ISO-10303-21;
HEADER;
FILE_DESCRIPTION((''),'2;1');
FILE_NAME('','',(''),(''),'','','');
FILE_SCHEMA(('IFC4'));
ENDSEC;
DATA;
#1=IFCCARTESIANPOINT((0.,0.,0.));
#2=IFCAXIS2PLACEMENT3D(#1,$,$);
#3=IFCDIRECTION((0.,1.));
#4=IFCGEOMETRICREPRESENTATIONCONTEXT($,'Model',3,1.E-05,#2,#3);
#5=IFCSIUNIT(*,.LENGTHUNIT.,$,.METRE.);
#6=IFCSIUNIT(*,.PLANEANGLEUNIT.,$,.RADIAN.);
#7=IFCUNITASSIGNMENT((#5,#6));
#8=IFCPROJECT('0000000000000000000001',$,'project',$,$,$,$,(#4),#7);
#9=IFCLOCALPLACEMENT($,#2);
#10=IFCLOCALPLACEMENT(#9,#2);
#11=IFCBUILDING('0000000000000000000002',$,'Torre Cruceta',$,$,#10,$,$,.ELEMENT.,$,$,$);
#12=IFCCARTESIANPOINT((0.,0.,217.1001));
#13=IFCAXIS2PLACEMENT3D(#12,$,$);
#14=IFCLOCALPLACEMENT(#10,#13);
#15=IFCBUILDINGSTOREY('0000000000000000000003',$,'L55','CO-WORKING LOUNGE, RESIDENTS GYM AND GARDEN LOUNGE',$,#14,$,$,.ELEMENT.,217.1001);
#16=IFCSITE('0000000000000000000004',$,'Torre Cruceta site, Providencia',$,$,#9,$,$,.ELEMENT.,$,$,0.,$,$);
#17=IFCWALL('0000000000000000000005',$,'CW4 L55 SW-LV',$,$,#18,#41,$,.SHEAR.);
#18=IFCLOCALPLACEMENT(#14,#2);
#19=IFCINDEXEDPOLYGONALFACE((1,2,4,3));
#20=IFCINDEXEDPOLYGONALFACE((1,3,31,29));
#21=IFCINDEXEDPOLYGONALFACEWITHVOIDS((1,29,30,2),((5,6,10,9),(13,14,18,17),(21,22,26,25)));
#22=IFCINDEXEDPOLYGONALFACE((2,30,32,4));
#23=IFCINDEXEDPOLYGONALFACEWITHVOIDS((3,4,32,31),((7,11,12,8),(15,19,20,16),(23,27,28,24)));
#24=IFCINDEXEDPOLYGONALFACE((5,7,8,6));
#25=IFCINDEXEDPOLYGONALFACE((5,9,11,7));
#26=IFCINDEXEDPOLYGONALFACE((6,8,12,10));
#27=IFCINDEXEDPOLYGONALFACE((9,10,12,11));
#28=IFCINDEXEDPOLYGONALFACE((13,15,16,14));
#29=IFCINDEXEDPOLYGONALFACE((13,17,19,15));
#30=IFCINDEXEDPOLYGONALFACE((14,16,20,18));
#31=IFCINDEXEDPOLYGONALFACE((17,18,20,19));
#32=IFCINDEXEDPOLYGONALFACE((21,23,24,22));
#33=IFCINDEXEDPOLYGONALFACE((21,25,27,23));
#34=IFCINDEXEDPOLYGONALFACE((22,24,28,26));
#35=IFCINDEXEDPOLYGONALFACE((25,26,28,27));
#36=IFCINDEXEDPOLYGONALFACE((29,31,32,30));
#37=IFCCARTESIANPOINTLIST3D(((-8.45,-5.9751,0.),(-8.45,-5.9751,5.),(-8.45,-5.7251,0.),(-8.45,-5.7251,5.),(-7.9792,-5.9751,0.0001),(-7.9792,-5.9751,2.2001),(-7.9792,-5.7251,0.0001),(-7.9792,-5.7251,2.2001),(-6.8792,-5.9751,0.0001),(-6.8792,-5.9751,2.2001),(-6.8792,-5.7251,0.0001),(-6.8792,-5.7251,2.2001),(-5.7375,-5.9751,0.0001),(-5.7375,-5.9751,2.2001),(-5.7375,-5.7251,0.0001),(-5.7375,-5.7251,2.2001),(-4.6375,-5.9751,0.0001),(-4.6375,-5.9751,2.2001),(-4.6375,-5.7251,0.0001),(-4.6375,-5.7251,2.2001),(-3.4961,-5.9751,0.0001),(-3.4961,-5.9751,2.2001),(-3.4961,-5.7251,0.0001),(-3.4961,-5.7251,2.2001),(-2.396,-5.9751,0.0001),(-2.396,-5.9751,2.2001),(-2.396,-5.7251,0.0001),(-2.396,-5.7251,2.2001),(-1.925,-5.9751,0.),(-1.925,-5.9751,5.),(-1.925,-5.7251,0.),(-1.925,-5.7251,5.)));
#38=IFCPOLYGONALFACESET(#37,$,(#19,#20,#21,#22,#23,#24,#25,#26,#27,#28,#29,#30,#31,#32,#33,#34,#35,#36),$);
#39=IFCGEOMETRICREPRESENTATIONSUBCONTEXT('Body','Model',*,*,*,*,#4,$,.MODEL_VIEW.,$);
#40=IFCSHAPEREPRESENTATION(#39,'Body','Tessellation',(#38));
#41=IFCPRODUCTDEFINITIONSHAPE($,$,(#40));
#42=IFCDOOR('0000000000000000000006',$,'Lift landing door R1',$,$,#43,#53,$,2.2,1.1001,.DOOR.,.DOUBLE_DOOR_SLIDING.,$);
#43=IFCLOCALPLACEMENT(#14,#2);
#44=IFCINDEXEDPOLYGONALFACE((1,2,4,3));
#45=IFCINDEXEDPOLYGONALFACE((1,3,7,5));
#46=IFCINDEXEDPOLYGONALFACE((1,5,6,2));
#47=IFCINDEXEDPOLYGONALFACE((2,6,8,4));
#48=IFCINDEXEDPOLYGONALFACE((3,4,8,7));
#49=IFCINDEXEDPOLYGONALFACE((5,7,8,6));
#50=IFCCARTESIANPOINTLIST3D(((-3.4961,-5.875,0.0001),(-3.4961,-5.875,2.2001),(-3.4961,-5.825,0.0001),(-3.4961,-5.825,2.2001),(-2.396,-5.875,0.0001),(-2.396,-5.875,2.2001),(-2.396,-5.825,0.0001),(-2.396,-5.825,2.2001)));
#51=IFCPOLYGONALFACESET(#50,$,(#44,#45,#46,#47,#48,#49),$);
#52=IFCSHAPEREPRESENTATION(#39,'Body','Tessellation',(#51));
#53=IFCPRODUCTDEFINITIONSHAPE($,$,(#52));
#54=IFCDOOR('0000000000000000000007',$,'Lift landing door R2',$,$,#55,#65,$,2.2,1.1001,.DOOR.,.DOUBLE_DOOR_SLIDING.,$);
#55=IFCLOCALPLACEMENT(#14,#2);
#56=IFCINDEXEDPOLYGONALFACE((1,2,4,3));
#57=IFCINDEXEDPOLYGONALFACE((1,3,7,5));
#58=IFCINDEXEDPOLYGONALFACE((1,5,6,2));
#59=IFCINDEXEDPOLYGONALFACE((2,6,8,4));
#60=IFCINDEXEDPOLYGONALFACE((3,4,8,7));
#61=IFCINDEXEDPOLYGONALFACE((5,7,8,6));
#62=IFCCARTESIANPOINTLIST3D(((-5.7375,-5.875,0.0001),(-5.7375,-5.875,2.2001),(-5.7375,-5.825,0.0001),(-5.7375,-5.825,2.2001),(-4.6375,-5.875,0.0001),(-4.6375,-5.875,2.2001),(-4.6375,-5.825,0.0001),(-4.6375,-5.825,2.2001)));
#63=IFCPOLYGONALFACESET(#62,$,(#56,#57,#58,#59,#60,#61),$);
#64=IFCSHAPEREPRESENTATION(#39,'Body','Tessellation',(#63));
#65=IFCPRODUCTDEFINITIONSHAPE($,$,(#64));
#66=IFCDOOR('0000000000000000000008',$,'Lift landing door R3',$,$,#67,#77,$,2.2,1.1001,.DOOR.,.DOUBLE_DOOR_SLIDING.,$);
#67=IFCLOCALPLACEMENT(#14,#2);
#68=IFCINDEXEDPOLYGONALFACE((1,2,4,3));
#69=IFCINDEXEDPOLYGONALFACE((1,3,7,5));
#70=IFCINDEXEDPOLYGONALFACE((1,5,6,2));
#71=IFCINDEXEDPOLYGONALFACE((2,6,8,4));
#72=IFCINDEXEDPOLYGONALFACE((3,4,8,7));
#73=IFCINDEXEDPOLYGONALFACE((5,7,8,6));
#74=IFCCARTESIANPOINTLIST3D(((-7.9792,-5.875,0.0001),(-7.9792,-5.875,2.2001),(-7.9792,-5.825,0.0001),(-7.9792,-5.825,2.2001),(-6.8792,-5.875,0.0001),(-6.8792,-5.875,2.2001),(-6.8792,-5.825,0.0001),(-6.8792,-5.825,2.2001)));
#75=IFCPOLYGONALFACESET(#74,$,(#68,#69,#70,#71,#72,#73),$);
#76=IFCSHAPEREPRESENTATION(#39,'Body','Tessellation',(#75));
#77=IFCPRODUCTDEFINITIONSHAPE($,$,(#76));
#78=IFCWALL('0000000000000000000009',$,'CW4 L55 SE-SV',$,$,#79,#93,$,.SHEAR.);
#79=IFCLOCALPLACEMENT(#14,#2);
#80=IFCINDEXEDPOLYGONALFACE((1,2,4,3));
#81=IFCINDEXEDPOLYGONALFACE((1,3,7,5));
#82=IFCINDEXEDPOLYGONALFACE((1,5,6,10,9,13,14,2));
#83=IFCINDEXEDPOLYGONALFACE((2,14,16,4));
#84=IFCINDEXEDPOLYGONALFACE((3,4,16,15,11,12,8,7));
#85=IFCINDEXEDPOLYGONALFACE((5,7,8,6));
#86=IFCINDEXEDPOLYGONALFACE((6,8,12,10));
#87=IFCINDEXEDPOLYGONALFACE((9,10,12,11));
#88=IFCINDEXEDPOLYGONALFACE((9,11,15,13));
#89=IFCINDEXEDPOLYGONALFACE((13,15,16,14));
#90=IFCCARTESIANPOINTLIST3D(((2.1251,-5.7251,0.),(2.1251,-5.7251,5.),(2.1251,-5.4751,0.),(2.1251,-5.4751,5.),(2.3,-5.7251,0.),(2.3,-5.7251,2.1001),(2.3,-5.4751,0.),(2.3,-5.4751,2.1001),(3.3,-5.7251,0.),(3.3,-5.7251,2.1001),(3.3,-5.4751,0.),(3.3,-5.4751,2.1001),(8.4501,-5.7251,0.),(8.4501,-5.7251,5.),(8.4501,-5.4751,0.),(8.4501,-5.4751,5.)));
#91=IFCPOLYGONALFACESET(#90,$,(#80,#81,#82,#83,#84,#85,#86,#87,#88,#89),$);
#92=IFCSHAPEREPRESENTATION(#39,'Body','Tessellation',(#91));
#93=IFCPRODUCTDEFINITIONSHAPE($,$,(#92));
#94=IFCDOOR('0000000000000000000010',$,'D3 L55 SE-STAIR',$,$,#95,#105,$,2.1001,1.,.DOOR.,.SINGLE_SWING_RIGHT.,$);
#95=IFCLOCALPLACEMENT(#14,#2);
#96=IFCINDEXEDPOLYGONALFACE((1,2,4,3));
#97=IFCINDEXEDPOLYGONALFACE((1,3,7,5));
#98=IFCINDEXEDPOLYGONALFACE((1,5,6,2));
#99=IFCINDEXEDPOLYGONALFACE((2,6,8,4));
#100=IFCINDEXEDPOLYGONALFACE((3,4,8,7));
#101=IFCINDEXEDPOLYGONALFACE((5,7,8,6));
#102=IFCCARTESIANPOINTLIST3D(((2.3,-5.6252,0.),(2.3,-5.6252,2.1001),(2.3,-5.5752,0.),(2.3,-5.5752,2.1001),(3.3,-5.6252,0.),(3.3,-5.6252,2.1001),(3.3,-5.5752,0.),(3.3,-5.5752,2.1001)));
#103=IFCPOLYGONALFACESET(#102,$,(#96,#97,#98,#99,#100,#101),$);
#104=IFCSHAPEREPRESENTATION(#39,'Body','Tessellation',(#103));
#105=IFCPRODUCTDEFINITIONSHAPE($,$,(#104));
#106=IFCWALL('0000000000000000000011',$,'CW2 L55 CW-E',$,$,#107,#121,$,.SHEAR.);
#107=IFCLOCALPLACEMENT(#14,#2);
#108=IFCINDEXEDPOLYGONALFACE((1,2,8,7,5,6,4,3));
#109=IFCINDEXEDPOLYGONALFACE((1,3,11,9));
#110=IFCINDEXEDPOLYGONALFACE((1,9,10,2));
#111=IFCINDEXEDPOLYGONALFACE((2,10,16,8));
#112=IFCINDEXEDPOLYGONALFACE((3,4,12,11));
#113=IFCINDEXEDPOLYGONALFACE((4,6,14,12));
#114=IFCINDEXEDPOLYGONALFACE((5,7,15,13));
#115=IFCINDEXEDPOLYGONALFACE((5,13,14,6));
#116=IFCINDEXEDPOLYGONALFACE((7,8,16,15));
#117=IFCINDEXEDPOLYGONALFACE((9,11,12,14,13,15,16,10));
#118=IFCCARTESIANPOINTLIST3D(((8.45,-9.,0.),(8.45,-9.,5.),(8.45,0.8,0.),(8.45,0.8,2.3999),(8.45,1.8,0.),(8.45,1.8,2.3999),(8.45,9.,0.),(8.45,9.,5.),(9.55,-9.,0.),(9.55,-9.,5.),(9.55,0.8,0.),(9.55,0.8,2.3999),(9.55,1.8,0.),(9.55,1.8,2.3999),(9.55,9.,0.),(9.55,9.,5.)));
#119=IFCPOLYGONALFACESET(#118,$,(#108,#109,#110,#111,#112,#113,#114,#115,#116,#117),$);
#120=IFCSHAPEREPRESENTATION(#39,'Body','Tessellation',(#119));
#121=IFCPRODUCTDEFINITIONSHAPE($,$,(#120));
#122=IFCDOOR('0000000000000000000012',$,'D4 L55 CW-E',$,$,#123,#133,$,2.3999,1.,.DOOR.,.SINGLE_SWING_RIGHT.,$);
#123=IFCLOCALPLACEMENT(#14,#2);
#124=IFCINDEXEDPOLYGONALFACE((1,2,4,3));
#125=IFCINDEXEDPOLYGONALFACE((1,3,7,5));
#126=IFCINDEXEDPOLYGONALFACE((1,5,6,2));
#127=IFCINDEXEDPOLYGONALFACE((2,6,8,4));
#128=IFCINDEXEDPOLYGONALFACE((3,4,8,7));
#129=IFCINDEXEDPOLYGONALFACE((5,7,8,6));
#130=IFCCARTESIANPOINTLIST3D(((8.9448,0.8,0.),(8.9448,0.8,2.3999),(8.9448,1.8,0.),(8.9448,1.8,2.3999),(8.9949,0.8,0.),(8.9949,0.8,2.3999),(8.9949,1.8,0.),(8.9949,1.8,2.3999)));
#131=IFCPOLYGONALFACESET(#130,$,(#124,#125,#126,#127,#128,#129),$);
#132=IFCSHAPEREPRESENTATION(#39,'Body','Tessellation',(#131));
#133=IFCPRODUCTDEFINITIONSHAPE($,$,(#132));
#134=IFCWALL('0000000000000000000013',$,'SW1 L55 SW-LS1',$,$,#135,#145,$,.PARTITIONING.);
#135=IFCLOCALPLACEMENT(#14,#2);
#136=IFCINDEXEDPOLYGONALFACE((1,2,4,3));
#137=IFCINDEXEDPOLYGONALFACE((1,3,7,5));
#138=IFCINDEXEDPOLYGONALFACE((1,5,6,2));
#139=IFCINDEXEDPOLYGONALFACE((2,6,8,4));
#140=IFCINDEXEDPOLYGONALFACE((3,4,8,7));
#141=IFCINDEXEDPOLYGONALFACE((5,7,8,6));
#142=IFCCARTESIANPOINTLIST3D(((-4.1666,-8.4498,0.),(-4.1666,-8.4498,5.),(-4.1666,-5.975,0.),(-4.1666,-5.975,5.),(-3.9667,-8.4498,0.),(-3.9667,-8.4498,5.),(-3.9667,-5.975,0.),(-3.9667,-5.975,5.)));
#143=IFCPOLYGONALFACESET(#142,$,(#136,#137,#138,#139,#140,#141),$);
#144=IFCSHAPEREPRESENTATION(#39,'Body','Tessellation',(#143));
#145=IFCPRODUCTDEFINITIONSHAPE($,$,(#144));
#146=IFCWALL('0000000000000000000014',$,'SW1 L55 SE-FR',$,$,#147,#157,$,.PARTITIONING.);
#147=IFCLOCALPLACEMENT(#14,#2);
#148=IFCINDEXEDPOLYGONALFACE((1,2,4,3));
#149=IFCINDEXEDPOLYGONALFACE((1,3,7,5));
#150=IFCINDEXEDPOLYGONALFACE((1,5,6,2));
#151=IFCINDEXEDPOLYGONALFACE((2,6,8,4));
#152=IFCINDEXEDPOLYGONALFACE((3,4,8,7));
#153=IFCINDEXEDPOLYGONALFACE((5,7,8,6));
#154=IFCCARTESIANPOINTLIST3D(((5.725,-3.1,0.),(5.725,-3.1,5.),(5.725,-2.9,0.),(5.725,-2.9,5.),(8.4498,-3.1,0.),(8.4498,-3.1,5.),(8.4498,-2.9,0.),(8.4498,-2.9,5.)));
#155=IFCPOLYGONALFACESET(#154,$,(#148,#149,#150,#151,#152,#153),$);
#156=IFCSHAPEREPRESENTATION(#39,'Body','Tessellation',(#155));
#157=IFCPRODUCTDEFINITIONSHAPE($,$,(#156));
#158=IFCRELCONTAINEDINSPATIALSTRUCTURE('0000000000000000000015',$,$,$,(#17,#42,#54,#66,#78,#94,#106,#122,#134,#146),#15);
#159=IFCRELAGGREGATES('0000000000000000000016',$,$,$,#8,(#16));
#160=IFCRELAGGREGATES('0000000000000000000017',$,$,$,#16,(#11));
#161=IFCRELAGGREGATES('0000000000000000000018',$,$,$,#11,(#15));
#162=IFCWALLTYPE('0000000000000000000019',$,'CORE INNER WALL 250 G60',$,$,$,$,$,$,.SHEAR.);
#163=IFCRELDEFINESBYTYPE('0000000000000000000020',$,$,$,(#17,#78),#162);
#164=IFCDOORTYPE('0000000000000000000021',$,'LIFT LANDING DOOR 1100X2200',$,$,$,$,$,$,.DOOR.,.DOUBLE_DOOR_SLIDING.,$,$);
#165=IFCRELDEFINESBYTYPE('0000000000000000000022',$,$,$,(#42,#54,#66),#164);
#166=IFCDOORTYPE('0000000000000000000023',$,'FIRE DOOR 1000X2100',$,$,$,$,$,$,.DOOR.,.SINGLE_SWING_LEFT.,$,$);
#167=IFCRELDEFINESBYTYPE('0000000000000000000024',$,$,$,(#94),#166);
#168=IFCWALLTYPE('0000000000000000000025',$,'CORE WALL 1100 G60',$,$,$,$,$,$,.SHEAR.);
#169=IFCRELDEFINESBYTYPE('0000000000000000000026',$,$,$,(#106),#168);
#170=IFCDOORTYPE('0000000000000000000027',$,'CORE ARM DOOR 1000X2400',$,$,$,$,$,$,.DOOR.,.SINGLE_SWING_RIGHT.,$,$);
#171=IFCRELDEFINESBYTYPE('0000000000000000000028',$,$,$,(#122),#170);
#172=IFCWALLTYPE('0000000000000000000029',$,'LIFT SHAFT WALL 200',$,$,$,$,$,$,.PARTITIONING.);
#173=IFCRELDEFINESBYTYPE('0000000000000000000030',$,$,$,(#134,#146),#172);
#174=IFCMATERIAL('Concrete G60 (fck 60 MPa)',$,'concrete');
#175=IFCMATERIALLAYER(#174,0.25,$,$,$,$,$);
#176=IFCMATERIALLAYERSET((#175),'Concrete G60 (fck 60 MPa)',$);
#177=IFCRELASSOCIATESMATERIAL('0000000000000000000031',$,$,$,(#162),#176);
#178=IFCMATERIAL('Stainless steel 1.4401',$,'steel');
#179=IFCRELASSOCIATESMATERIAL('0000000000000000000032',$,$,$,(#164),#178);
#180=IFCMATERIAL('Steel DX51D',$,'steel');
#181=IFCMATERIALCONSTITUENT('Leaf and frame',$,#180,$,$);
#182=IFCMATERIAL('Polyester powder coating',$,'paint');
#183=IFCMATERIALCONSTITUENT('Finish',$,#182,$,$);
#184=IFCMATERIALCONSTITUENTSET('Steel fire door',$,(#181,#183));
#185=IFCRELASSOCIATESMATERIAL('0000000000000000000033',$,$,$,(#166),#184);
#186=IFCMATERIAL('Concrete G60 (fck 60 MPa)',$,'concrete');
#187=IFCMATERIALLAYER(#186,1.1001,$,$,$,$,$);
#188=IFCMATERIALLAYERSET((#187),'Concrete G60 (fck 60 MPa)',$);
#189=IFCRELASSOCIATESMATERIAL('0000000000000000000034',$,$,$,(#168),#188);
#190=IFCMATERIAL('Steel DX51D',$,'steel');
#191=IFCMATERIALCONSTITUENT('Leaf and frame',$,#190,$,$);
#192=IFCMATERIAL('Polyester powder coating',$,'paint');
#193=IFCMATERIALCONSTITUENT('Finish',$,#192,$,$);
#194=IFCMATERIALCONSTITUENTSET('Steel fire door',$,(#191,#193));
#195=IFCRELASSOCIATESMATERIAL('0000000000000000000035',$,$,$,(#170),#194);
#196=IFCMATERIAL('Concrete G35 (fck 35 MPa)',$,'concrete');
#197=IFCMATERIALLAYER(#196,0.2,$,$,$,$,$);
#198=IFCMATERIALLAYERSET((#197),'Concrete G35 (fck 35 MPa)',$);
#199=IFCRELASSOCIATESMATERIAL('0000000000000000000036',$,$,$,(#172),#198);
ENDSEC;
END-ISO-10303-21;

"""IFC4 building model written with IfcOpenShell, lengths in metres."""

from ifc_helpers import new_model, si_unit, direction, frame, frame_2d, origin, place, context, subcontext, project, spatial, rectangle, extrude, material, layer, layer_set, constituent, constituent_set, type_object, element, fill, save


model = new_model("IFC4")

# Units and contexts
model_context = context("Model", 3, precision=1e-05, world=origin(), true_north=direction((0.0, 1.0)))
body_context = subcontext(model_context, "Body", "Model", "MODEL_VIEW")
ifc_project = project(units=[si_unit("LENGTHUNIT", "METRE"), si_unit("PLANEANGLEUNIT", "RADIAN")], contexts=[model_context])

# Site, building, storey
site_placement = place(None, origin())
site = spatial("IfcSite", under=ifc_project, at=site_placement, Name="Torre Cruceta site, Providencia", CompositionType="ELEMENT", RefElevation=0.0)
building_placement = place(site_placement, origin())
building = spatial("IfcBuilding", under=site, at=building_placement, Name="Torre Cruceta", CompositionType="ELEMENT")
storey_placement = place(building_placement, frame((0.0, 0.0, 217.1001)))
storey = spatial("IfcBuildingStorey", under=building, at=storey_placement, Name="L55", Description="CO-WORKING LOUNGE, RESIDENTS GYM AND GARDEN LOUNGE", CompositionType="ELEMENT", Elevation=217.1001)

# Wall, openings, doors
ifc_material_1 = material(Name="Concrete G60 (fck 60 MPa)", Category="concrete")
ifc_layer_1 = layer(ifc_material_1, 0.25)
ifc_layer_set_1 = layer_set([ifc_layer_1], Name="Concrete G60 (fck 60 MPa)")
wall_type_1 = type_object("IfcWallType", Name="CORE INNER WALL 250 G60", PredefinedType="SHEAR", material=ifc_layer_set_1)
wall_1_placement = place(storey_placement, frame((-1.925, -5.8501, 0.0), z_axis=(0.0, 0.0, 1.0), x_axis=(-1.0, 0.0, 0.0)))
wall_1 = element("IfcWall", 1, at=wall_1_placement, inside=storey, type_object=wall_type_1, Name="CW4 L55 SW-LV", PredefinedType="SHEAR", context=body_context, shape_type="SweptSolid", body=[
    extrude(rectangle(XDim=6.5249, YDim=0.25, at=frame_2d((3.2625, 0.0))), origin(), (0.0, 0.0, 1.0), 5.0),
])
opening_1_placement = place(wall_1_placement, frame((0.4709, 0.0, 0.0)))
opening_1 = element("IfcOpeningElement", 2, at=opening_1_placement, cuts=wall_1, PredefinedType="OPENING", context=body_context, shape_type="SweptSolid", body=[
    extrude(rectangle(XDim=1.1001, YDim=2.2, at=frame_2d((0.55, 1.1001))), frame((0.0, 0.135, 0.0), z_axis=(0.0, -1.0, 0.0), x_axis=(1.0, 0.0, 0.0)), (0.0, 0.0, 1.0), 0.27),
])
opening_2_placement = place(wall_1_placement, frame((2.7124, 0.0, 0.0)))
opening_2 = element("IfcOpeningElement", 3, at=opening_2_placement, cuts=wall_1, PredefinedType="OPENING", context=body_context, shape_type="SweptSolid", body=[
    extrude(rectangle(XDim=1.1001, YDim=2.2, at=frame_2d((0.55, 1.1001))), frame((0.0, 0.135, 0.0), z_axis=(0.0, -1.0, 0.0), x_axis=(1.0, 0.0, 0.0)), (0.0, 0.0, 1.0), 0.27),
])
opening_3_placement = place(wall_1_placement, frame((4.9541, 0.0, 0.0)))
opening_3 = element("IfcOpeningElement", 4, at=opening_3_placement, cuts=wall_1, PredefinedType="OPENING", context=body_context, shape_type="SweptSolid", body=[
    extrude(rectangle(XDim=1.1001, YDim=2.2, at=frame_2d((0.55, 1.1001))), frame((0.0, 0.135, 0.0), z_axis=(0.0, -1.0, 0.0), x_axis=(1.0, 0.0, 0.0)), (0.0, 0.0, 1.0), 0.27),
])
ifc_material_2 = material(Name="Stainless steel 1.4401", Category="steel")
door_type_1 = type_object("IfcDoorType", Name="LIFT LANDING DOOR 1100X2200", OperationType="DOUBLE_DOOR_SLIDING", PredefinedType="DOOR", material=ifc_material_2)
door_1_placement = place(opening_1_placement, origin())
door_1 = element("IfcDoor", 5, at=door_1_placement, inside=storey, type_object=door_type_1, Name="Lift landing door R1", OperationType="DOUBLE_DOOR_SLIDING", OverallHeight=2.2, OverallWidth=1.1001, PredefinedType="DOOR", context=body_context, shape_type="SweptSolid", body=[
    extrude(rectangle(XDim=1.1001, YDim=2.2, at=frame_2d((0.55, 1.1001))), frame((0.0, 0.0249, 0.0), z_axis=(0.0, -1.0, 0.0), x_axis=(1.0, 0.0, 0.0)), (0.0, 0.0, 1.0), 0.05),
])
fill(opening_1, door_1)
door_2_placement = place(opening_2_placement, origin())
door_2 = element("IfcDoor", 6, at=door_2_placement, inside=storey, type_object=door_type_1, Name="Lift landing door R2", OperationType="DOUBLE_DOOR_SLIDING", OverallHeight=2.2, OverallWidth=1.1001, PredefinedType="DOOR", context=body_context, shape_type="SweptSolid", body=[
    extrude(rectangle(XDim=1.1001, YDim=2.2, at=frame_2d((0.55, 1.1001))), frame((0.0, 0.0249, 0.0), z_axis=(0.0, -1.0, 0.0), x_axis=(1.0, 0.0, 0.0)), (0.0, 0.0, 1.0), 0.05),
])
fill(opening_2, door_2)
door_3_placement = place(opening_3_placement, origin())
door_3 = element("IfcDoor", 7, at=door_3_placement, inside=storey, type_object=door_type_1, Name="Lift landing door R3", OperationType="DOUBLE_DOOR_SLIDING", OverallHeight=2.2, OverallWidth=1.1001, PredefinedType="DOOR", context=body_context, shape_type="SweptSolid", body=[
    extrude(rectangle(XDim=1.1001, YDim=2.2, at=frame_2d((0.55, 1.1001))), frame((0.0, 0.0249, 0.0), z_axis=(0.0, -1.0, 0.0), x_axis=(1.0, 0.0, 0.0)), (0.0, 0.0, 1.0), 0.05),
])
fill(opening_3, door_3)

# Walls, openings, doors
wall_2_placement = place(storey_placement, frame((2.125, -5.6001, 0.0), z_axis=(0.0, 0.0, 1.0), x_axis=(1.0, 0.0, 0.0)))
wall_2 = element("IfcWall", 8, at=wall_2_placement, inside=storey, type_object=wall_type_1, Name="CW4 L55 SE-SV", PredefinedType="SHEAR", context=body_context, shape_type="SweptSolid", body=[
    extrude(rectangle(XDim=6.325, YDim=0.25, at=frame_2d((3.1626, 0.0))), origin(), (0.0, 0.0, 1.0), 5.0),
])
opening_4_placement = place(wall_2_placement, frame((0.175, 0.0, 0.0)))
opening_4 = element("IfcOpeningElement", 9, at=opening_4_placement, cuts=wall_2, PredefinedType="OPENING", context=body_context, shape_type="SweptSolid", body=[
    extrude(rectangle(XDim=1.0, YDim=2.1001, at=frame_2d((0.5, 1.05))), frame((0.0, 0.135, 0.0), z_axis=(0.0, -1.0, 0.0), x_axis=(1.0, 0.0, 0.0)), (0.0, 0.0, 1.0), 0.27),
])
ifc_material_3 = material(Name="Steel DX51D", Category="steel")
ifc_constituent_1 = constituent(ifc_material_3, Name="Leaf and frame")
ifc_material_4 = material(Name="Polyester powder coating", Category="paint")
ifc_constituent_2 = constituent(ifc_material_4, Name="Finish")
ifc_constituent_set_1 = constituent_set(constituents=[ifc_constituent_1, ifc_constituent_2], Name="Steel fire door")
door_type_2 = type_object("IfcDoorType", Name="FIRE DOOR 1000X2100", OperationType="SINGLE_SWING_LEFT", PredefinedType="DOOR", material=ifc_constituent_set_1)
door_4_placement = place(opening_4_placement, frame((1.0, 0.0, 0.0), z_axis=(0.0, 0.0, 1.0), x_axis=(-1.0, 0.0, 0.0)))
door_4 = element("IfcDoor", 10, at=door_4_placement, inside=storey, type_object=door_type_2, Name="D3 L55 SE-STAIR", OperationType="SINGLE_SWING_RIGHT", OverallHeight=2.1001, OverallWidth=1.0, PredefinedType="DOOR", context=body_context, shape_type="SweptSolid", body=[
    extrude(rectangle(XDim=1.0, YDim=2.1001, at=frame_2d((0.5, 1.05))), frame((0.0, 0.0251, 0.0), z_axis=(0.0, -1.0, 0.0), x_axis=(1.0, 0.0, 0.0)), (0.0, 0.0, 1.0), 0.05),
])
fill(opening_4, door_4)
ifc_material_5 = material(Name="Concrete G60 (fck 60 MPa)", Category="concrete")
ifc_layer_2 = layer(ifc_material_5, 1.1001)
ifc_layer_set_2 = layer_set([ifc_layer_2], Name="Concrete G60 (fck 60 MPa)")
wall_type_2 = type_object("IfcWallType", Name="CORE WALL 1100 G60", PredefinedType="SHEAR", material=ifc_layer_set_2)
wall_3_placement = place(storey_placement, frame((9.0, -9.0, 0.0), z_axis=(0.0, 0.0, 1.0), x_axis=(0.0, 1.0, 0.0)))
wall_3 = element("IfcWall", 11, at=wall_3_placement, inside=storey, type_object=wall_type_2, Name="CW2 L55 CW-E", PredefinedType="SHEAR", context=body_context, shape_type="SweptSolid", body=[
    extrude(rectangle(XDim=18.0, YDim=1.1001, at=frame_2d((9.0, 0.0))), origin(), (0.0, 0.0, 1.0), 5.0),
])
opening_5_placement = place(wall_3_placement, frame((9.8, 0.0, 0.0)))
opening_5 = element("IfcOpeningElement", 12, at=opening_5_placement, cuts=wall_3, PredefinedType="OPENING", context=body_context, shape_type="SweptSolid", body=[
    extrude(rectangle(XDim=1.0, YDim=2.3999, at=frame_2d((0.5, 1.2))), frame((0.0, 0.5601, 0.0), z_axis=(0.0, -1.0, 0.0), x_axis=(1.0, 0.0, 0.0)), (0.0, 0.0, 1.0), 1.1201),
])
ifc_material_6 = material(Name="Steel DX51D", Category="steel")
ifc_constituent_3 = constituent(ifc_material_6, Name="Leaf and frame")
ifc_material_7 = material(Name="Polyester powder coating", Category="paint")
ifc_constituent_4 = constituent(ifc_material_7, Name="Finish")
ifc_constituent_set_2 = constituent_set(constituents=[ifc_constituent_3, ifc_constituent_4], Name="Steel fire door")
door_type_3 = type_object("IfcDoorType", Name="CORE ARM DOOR 1000X2400", OperationType="SINGLE_SWING_RIGHT", PredefinedType="DOOR", material=ifc_constituent_set_2)
door_5_placement = place(opening_5_placement, frame((1.0, 0.0, 0.0), z_axis=(0.0, 0.0, 1.0), x_axis=(-1.0, 0.0, 0.0)))
door_5 = element("IfcDoor", 13, at=door_5_placement, inside=storey, type_object=door_type_3, Name="D4 L55 CW-E", OperationType="SINGLE_SWING_RIGHT", OverallHeight=2.3999, OverallWidth=1.0, PredefinedType="DOOR", context=body_context, shape_type="SweptSolid", body=[
    extrude(rectangle(XDim=1.0, YDim=2.3999, at=frame_2d((0.5, 1.2))), frame((0.0, -0.0051, 0.0), z_axis=(0.0, -1.0, 0.0), x_axis=(1.0, 0.0, 0.0)), (0.0, 0.0, 1.0), 0.05),
])
fill(opening_5, door_5)

# Walls
ifc_material_8 = material(Name="Concrete G35 (fck 35 MPa)", Category="concrete")
ifc_layer_3 = layer(ifc_material_8, 0.2)
ifc_layer_set_3 = layer_set([ifc_layer_3], Name="Concrete G35 (fck 35 MPa)")
wall_type_3 = type_object("IfcWallType", Name="LIFT SHAFT WALL 200", PredefinedType="PARTITIONING", material=ifc_layer_set_3)
wall_4_placement = place(storey_placement, frame((-4.0667, -5.9751, 0.0), z_axis=(0.0, 0.0, 1.0), x_axis=(0.0, -1.0, 0.0)))
element("IfcWall", 14, at=wall_4_placement, inside=storey, type_object=wall_type_3, Name="SW1 L55 SW-LS1", PredefinedType="PARTITIONING", context=body_context, shape_type="SweptSolid", body=[
    extrude(rectangle(XDim=2.4749, YDim=0.2, at=frame_2d((1.2373, 0.0))), origin(), (0.0, 0.0, 1.0), 5.0),
])
wall_5_placement = place(storey_placement, frame((5.7251, -3.0, 0.0), z_axis=(0.0, 0.0, 1.0), x_axis=(1.0, 0.0, 0.0)))
element("IfcWall", 15, at=wall_5_placement, inside=storey, type_object=wall_type_3, Name="SW1 L55 SE-FR", PredefinedType="PARTITIONING", context=body_context, shape_type="SweptSolid", body=[
    extrude(rectangle(XDim=2.7249, YDim=0.2, at=frame_2d((1.3623, 0.0))), origin(), (0.0, 0.0, 1.0), 5.0),
])

save(model, "model.ifc")
